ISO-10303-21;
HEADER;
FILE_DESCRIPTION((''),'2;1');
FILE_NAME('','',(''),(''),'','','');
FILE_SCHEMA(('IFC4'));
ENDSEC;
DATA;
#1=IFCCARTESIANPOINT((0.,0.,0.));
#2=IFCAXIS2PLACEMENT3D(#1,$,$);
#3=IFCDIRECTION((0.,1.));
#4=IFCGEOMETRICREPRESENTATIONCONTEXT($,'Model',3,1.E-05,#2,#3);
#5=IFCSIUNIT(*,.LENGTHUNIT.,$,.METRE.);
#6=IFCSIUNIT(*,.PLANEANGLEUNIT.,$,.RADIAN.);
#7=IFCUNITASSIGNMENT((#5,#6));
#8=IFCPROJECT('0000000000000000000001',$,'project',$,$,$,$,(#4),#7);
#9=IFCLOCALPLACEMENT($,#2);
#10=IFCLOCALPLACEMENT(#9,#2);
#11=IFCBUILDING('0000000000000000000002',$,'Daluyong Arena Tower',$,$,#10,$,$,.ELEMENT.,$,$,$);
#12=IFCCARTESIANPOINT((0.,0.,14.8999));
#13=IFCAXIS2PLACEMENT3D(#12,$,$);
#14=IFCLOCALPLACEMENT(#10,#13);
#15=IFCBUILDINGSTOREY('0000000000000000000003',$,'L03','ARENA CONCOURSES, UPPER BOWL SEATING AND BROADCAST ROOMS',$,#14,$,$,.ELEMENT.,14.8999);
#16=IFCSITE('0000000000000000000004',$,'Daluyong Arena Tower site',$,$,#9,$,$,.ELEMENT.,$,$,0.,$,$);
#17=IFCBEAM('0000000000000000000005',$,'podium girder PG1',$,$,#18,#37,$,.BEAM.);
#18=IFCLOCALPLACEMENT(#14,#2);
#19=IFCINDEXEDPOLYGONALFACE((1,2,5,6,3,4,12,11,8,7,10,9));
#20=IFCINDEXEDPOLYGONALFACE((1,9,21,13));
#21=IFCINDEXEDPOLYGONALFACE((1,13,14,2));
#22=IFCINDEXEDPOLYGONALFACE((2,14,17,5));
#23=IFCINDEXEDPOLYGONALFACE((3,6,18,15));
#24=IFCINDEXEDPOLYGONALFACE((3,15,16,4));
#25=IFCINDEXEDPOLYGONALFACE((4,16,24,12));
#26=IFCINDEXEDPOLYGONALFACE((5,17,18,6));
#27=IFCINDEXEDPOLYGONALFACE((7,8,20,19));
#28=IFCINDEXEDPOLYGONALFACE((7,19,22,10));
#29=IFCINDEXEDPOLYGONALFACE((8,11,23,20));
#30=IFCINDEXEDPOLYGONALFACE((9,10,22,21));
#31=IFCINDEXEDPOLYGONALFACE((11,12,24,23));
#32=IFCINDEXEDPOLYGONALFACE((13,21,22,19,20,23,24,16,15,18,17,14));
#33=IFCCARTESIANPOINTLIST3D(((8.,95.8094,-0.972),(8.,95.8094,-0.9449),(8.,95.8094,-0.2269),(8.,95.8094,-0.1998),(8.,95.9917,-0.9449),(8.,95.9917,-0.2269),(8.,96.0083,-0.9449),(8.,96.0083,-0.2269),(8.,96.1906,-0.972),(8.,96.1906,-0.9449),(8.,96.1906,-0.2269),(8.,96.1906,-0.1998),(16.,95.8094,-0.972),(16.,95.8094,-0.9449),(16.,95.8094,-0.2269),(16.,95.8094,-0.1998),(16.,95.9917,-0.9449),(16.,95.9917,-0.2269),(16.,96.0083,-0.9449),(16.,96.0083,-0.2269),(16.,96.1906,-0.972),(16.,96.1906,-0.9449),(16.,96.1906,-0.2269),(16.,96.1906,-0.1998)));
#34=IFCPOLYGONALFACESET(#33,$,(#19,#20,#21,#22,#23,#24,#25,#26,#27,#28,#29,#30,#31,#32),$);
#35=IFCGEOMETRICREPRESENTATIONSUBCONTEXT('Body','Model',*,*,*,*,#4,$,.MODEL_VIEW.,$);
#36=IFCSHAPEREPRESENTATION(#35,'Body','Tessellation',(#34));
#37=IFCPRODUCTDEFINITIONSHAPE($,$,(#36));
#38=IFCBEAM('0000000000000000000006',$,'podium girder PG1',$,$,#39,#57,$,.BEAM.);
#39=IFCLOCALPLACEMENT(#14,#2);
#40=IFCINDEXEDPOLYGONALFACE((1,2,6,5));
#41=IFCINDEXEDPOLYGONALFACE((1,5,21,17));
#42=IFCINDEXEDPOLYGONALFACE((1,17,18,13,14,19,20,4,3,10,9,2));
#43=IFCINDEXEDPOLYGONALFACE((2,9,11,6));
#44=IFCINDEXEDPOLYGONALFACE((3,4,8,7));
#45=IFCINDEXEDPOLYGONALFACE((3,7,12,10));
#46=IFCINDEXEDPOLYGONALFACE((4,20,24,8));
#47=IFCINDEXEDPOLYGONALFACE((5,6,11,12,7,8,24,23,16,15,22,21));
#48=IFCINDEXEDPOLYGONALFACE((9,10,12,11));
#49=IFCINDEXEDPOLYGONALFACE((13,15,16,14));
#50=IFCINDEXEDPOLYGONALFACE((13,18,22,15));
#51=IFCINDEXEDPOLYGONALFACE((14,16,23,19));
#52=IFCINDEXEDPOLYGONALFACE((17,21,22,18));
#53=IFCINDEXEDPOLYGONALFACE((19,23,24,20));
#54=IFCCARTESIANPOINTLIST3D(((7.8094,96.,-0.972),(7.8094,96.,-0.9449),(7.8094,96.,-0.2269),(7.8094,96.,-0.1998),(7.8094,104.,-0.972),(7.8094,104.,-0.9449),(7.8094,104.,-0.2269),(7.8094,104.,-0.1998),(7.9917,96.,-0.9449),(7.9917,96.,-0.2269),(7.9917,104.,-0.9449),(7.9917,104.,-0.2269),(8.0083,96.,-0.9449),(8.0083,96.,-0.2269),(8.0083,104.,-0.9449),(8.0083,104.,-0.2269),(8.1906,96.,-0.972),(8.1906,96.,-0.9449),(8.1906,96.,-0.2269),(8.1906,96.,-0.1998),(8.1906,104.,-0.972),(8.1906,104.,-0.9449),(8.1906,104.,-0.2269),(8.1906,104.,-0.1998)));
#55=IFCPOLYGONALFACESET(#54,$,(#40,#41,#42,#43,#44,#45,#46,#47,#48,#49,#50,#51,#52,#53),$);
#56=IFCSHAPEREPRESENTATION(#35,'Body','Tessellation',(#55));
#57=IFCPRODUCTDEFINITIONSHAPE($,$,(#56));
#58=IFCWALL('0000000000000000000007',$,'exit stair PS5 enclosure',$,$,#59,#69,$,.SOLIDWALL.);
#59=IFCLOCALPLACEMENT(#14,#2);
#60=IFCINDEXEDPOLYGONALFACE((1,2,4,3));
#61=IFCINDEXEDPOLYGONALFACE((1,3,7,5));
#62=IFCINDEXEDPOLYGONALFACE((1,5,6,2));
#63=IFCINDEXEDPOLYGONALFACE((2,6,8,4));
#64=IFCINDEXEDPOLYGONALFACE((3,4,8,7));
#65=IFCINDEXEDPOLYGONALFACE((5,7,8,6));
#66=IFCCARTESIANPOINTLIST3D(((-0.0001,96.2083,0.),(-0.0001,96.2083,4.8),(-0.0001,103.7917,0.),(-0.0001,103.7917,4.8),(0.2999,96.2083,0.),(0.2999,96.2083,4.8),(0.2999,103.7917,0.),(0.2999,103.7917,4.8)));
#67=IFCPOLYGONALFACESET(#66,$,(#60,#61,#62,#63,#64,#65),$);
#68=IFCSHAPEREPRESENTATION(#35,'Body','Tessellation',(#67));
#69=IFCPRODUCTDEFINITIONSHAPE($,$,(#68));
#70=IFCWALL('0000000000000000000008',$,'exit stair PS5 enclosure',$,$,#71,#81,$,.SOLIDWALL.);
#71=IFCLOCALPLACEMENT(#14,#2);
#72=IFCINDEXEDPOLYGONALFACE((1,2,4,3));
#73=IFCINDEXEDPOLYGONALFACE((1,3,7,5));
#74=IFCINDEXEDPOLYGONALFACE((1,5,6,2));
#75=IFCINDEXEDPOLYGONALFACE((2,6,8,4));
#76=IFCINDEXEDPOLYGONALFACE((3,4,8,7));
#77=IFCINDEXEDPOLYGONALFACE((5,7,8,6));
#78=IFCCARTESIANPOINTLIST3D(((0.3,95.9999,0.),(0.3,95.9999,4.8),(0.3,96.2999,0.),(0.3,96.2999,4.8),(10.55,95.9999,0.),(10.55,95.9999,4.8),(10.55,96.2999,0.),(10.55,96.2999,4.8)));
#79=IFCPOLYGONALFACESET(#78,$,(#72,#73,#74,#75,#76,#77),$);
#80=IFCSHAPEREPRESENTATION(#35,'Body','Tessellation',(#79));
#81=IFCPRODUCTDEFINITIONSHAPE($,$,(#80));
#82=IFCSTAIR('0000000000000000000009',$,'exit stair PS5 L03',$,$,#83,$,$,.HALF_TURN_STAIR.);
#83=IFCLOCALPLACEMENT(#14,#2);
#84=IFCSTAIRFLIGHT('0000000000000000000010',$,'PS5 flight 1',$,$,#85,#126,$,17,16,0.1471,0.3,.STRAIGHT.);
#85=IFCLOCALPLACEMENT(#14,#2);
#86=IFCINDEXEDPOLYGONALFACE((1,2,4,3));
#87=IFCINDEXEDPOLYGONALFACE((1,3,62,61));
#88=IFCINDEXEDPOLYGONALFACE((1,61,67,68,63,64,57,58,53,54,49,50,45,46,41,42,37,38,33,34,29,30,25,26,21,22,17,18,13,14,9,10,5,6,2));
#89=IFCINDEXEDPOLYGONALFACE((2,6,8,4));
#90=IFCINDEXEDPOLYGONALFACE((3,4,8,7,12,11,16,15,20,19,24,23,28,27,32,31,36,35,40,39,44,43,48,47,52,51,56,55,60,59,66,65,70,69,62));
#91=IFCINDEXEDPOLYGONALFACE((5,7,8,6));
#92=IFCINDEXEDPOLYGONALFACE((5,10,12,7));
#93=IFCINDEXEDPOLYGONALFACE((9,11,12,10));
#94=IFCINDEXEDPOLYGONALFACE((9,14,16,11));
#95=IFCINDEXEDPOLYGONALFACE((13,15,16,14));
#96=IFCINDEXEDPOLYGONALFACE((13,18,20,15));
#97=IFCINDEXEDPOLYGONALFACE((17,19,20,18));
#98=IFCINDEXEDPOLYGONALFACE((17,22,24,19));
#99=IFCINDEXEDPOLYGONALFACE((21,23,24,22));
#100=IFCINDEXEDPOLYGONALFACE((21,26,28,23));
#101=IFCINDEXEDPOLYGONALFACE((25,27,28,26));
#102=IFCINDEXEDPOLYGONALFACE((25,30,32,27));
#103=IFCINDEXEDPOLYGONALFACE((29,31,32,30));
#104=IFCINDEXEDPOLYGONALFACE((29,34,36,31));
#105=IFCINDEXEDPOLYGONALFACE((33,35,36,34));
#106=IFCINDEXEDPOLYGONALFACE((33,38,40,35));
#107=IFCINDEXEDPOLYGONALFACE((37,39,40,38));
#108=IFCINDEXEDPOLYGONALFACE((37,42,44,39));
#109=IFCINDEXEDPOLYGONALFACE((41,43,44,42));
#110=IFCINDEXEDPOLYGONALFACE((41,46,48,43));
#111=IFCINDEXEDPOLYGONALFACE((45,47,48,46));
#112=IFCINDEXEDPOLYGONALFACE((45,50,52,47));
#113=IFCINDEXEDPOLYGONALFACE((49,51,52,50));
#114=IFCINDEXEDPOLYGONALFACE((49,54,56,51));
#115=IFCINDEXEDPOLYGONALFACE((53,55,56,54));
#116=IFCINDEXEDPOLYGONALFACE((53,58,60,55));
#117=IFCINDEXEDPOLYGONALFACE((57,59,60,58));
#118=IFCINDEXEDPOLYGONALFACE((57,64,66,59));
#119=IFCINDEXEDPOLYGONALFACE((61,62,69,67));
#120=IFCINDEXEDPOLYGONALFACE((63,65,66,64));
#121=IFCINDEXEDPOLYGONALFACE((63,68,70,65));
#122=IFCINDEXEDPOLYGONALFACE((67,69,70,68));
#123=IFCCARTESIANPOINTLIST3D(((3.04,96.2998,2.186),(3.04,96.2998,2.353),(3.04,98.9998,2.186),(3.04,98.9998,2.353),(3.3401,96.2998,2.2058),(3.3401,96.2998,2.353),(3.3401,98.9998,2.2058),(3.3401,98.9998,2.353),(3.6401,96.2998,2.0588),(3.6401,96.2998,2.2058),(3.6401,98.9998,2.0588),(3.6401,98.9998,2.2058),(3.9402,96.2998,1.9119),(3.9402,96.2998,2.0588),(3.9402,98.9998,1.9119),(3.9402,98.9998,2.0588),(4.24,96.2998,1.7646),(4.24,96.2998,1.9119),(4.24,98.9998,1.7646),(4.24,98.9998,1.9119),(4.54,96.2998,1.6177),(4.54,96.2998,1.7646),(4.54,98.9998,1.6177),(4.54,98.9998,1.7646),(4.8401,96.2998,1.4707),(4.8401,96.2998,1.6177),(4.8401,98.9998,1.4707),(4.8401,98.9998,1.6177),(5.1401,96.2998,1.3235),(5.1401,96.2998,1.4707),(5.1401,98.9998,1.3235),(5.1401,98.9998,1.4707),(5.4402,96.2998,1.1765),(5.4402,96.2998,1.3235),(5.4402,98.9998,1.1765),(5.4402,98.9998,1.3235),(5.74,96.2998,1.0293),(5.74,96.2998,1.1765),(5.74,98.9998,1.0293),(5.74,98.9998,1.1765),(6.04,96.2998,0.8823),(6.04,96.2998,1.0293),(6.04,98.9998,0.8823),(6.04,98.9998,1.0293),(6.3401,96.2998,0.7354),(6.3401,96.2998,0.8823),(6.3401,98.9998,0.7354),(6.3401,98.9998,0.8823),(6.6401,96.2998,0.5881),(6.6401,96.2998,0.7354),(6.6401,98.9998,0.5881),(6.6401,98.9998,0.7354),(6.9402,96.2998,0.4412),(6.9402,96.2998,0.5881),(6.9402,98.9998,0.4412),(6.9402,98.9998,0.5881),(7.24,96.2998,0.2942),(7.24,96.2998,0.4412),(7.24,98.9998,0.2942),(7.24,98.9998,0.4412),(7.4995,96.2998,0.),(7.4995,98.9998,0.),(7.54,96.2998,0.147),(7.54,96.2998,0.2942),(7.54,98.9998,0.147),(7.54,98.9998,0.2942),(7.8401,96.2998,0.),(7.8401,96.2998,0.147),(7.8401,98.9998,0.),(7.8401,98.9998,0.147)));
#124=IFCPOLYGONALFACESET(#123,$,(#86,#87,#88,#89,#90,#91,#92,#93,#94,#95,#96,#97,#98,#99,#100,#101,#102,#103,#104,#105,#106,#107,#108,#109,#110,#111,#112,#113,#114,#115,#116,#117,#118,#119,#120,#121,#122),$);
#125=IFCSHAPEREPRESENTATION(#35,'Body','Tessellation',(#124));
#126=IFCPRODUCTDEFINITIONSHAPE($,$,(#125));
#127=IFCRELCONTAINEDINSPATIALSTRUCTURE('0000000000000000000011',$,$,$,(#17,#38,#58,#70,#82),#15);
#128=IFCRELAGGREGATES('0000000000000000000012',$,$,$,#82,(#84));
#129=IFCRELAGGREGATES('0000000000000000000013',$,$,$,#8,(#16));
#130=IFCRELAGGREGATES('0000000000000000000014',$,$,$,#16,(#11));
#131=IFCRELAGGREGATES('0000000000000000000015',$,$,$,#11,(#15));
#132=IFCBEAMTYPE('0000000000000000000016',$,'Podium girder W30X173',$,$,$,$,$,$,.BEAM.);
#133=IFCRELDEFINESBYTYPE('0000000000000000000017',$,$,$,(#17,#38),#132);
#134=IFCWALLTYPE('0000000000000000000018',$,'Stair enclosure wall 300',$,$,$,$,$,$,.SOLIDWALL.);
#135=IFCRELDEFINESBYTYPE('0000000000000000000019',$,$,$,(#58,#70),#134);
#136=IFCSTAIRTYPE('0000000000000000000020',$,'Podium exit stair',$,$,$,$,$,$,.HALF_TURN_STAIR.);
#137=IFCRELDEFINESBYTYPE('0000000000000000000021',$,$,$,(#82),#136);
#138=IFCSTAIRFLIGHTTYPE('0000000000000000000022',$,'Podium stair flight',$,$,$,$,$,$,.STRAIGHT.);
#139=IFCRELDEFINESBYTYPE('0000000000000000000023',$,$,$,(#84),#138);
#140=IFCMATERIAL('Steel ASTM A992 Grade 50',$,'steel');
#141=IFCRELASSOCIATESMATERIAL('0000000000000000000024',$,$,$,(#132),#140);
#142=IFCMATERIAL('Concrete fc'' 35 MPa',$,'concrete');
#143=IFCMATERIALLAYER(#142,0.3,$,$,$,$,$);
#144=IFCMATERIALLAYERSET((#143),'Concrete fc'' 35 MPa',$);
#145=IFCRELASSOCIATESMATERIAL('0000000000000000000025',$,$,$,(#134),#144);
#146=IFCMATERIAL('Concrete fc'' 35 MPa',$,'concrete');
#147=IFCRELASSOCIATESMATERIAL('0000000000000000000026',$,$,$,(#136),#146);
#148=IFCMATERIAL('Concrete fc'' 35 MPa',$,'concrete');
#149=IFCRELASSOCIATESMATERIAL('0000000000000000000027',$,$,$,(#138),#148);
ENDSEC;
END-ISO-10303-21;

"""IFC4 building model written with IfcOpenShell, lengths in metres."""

from ifc_helpers import new_model, si_unit, direction, frame, frame_2d, origin, origin_2d, place, context, subcontext, project, spatial, polyline, rectangle, i_section, outline, extrude, material, layer, layer_set, material_profile, profile_set, type_object, element, aggregate, save


model = new_model("IFC4")

# Units and contexts
model_context = context("Model", 3, precision=1e-05, world=origin(), true_north=direction((0.0, 1.0)))
body_context = subcontext(model_context, "Body", "Model", "MODEL_VIEW")
ifc_project = project(units=[si_unit("LENGTHUNIT", "METRE"), si_unit("PLANEANGLEUNIT", "RADIAN")], contexts=[model_context])

# Site, building, storey
site_placement = place(None, origin())
site = spatial("IfcSite", under=ifc_project, at=site_placement, Name="Daluyong Arena Tower site", CompositionType="ELEMENT", RefElevation=0.0)
building_placement = place(site_placement, origin())
building = spatial("IfcBuilding", under=site, at=building_placement, Name="Daluyong Arena Tower", CompositionType="ELEMENT")
storey_placement = place(building_placement, frame((0.0, 0.0, 14.8999)))
storey = spatial("IfcBuildingStorey", under=building, at=storey_placement, Name="L03", Description="ARENA CONCOURSES, UPPER BOWL SEATING AND BROADCAST ROOMS", CompositionType="ELEMENT", Elevation=14.8999)

# Beams
ifc_material_1 = material(Name="Steel ASTM A992 Grade 50", Category="steel")
ifc_material_profile = material_profile(ifc_material_1, i_section(OverallWidth=0.3811, OverallDepth=0.7722, WebThickness=0.0166, FlangeThickness=0.0271, at=origin_2d()))
ifc_profile_set = profile_set([ifc_material_profile], Name="Steel ASTM A992 Grade 50")
beam_type = type_object("IfcBeamType", Name="Podium girder W30X173", PredefinedType="BEAM", material=ifc_profile_set)
for number, where, z_axis, x_axis, name in (
    (1, (8.0, 96.0, -0.5859), (1.0, 0.0, 0.0), (0.0, 1.0, 0.0), "podium girder PG1"),
    (2, (8.0, 96.0, -0.5859), (0.0, 1.0, 0.0), (-1.0, 0.0, 0.0), "podium girder PG1"),
):
    element("IfcBeam", number, at=place(storey_placement, frame(where, z_axis=z_axis, x_axis=x_axis)), inside=storey, type_object=beam_type, Name=name, PredefinedType="BEAM", context=body_context, shape_type="SweptSolid", body=[
        extrude(i_section(OverallWidth=0.3811, OverallDepth=0.7722, WebThickness=0.0166, FlangeThickness=0.0271, at=origin_2d()), origin(), (0.0, 0.0, 1.0), 8.0),
    ])

# Walls
ifc_material_2 = material(Name="Concrete fc' 35 MPa", Category="concrete")
ifc_layer = layer(ifc_material_2, 0.3)
ifc_layer_set = layer_set([ifc_layer], Name="Concrete fc' 35 MPa")
wall_type = type_object("IfcWallType", Name="Stair enclosure wall 300", PredefinedType="SOLIDWALL", material=ifc_layer_set)
wall_1_placement = place(storey_placement, frame((0.1499, 96.2083, 0.0), z_axis=(0.0, 0.0, 1.0), x_axis=(0.0, 1.0, 0.0)))
element("IfcWall", 3, at=wall_1_placement, inside=storey, type_object=wall_type, Name="exit stair PS5 enclosure", PredefinedType="SOLIDWALL", context=body_context, shape_type="SweptSolid", body=[
    extrude(rectangle(XDim=7.5835, YDim=0.3, at=frame_2d((3.7917, 0.0))), origin(), (0.0, 0.0, 1.0), 4.8),
])
wall_2_placement = place(storey_placement, frame((0.3, 96.1499, 0.0), z_axis=(0.0, 0.0, 1.0), x_axis=(1.0, 0.0, 0.0)))
element("IfcWall", 4, at=wall_2_placement, inside=storey, type_object=wall_type, Name="exit stair PS5 enclosure", PredefinedType="SOLIDWALL", context=body_context, shape_type="SweptSolid", body=[
    extrude(rectangle(XDim=10.25, YDim=0.3, at=frame_2d((5.125, 0.0))), origin(), (0.0, 0.0, 1.0), 4.8),
])

# Stair, stair flight
ifc_material_3 = material(Name="Concrete fc' 35 MPa", Category="concrete")
stair_type = type_object("IfcStairType", Name="Podium exit stair", PredefinedType="HALF_TURN_STAIR", material=ifc_material_3)
stair_placement = place(storey_placement, origin())
stair = element("IfcStair", 5, at=stair_placement, inside=storey, type_object=stair_type, Name="exit stair PS5 L03", PredefinedType="HALF_TURN_STAIR")
ifc_material_4 = material(Name="Concrete fc' 35 MPa", Category="concrete")
stair_flight_type = type_object("IfcStairFlightType", Name="Podium stair flight", PredefinedType="STRAIGHT", material=ifc_material_4)
stair_flight_placement = place(storey_placement, frame((7.8401, 97.6499, 0.0), z_axis=(0.0, 0.0, 1.0), x_axis=(-1.0, 0.0, 0.0)))
stair_flight = element("IfcStairFlight", 6, at=stair_flight_placement, type_object=stair_flight_type, Name="PS5 flight 1", NumberOfRisers=17, NumberOfTreads=16, PredefinedType="STRAIGHT", RiserHeight=0.1471, TreadLength=0.3, context=body_context, shape_type="SweptSolid", body=[
    extrude(outline(polyline([(0.0, 0.0), (0.0, 0.147), (0.3, 0.147), (0.3, 0.2942), (0.6001, 0.2942), (0.6001, 0.4412), (0.8999, 0.4412), (0.8999, 0.5881), (1.2, 0.5881), (1.2, 0.7354), (1.5, 0.7354), (1.5, 0.8823), (1.8, 0.8823), (1.8, 1.0293), (2.1001, 1.0293), (2.1001, 1.1765), (2.3999, 1.1765), (2.3999, 1.3235), (2.7, 1.3235), (2.7, 1.4707), (3.0, 1.4707), (3.0, 1.6177), (3.3, 1.6177), (3.3, 1.7646), (3.6001, 1.7646), (3.6001, 1.9119), (3.8999, 1.9119), (3.8999, 2.0588), (4.2, 2.0588), (4.2, 2.2058), (4.5, 2.2058), (4.5, 2.353), (4.8, 2.353), (4.8, 2.5), (4.8, 2.186), (0.3406, 0.0), (0.0, 0.0)])), frame((0.0, 1.3501, 0.0), z_axis=(0.0, -1.0, 0.0), x_axis=(1.0, 0.0, 0.0)), (0.0, 0.0, 1.0), 2.7),
])
aggregate(stair, [stair_flight])

save(model, "model.ifc")
